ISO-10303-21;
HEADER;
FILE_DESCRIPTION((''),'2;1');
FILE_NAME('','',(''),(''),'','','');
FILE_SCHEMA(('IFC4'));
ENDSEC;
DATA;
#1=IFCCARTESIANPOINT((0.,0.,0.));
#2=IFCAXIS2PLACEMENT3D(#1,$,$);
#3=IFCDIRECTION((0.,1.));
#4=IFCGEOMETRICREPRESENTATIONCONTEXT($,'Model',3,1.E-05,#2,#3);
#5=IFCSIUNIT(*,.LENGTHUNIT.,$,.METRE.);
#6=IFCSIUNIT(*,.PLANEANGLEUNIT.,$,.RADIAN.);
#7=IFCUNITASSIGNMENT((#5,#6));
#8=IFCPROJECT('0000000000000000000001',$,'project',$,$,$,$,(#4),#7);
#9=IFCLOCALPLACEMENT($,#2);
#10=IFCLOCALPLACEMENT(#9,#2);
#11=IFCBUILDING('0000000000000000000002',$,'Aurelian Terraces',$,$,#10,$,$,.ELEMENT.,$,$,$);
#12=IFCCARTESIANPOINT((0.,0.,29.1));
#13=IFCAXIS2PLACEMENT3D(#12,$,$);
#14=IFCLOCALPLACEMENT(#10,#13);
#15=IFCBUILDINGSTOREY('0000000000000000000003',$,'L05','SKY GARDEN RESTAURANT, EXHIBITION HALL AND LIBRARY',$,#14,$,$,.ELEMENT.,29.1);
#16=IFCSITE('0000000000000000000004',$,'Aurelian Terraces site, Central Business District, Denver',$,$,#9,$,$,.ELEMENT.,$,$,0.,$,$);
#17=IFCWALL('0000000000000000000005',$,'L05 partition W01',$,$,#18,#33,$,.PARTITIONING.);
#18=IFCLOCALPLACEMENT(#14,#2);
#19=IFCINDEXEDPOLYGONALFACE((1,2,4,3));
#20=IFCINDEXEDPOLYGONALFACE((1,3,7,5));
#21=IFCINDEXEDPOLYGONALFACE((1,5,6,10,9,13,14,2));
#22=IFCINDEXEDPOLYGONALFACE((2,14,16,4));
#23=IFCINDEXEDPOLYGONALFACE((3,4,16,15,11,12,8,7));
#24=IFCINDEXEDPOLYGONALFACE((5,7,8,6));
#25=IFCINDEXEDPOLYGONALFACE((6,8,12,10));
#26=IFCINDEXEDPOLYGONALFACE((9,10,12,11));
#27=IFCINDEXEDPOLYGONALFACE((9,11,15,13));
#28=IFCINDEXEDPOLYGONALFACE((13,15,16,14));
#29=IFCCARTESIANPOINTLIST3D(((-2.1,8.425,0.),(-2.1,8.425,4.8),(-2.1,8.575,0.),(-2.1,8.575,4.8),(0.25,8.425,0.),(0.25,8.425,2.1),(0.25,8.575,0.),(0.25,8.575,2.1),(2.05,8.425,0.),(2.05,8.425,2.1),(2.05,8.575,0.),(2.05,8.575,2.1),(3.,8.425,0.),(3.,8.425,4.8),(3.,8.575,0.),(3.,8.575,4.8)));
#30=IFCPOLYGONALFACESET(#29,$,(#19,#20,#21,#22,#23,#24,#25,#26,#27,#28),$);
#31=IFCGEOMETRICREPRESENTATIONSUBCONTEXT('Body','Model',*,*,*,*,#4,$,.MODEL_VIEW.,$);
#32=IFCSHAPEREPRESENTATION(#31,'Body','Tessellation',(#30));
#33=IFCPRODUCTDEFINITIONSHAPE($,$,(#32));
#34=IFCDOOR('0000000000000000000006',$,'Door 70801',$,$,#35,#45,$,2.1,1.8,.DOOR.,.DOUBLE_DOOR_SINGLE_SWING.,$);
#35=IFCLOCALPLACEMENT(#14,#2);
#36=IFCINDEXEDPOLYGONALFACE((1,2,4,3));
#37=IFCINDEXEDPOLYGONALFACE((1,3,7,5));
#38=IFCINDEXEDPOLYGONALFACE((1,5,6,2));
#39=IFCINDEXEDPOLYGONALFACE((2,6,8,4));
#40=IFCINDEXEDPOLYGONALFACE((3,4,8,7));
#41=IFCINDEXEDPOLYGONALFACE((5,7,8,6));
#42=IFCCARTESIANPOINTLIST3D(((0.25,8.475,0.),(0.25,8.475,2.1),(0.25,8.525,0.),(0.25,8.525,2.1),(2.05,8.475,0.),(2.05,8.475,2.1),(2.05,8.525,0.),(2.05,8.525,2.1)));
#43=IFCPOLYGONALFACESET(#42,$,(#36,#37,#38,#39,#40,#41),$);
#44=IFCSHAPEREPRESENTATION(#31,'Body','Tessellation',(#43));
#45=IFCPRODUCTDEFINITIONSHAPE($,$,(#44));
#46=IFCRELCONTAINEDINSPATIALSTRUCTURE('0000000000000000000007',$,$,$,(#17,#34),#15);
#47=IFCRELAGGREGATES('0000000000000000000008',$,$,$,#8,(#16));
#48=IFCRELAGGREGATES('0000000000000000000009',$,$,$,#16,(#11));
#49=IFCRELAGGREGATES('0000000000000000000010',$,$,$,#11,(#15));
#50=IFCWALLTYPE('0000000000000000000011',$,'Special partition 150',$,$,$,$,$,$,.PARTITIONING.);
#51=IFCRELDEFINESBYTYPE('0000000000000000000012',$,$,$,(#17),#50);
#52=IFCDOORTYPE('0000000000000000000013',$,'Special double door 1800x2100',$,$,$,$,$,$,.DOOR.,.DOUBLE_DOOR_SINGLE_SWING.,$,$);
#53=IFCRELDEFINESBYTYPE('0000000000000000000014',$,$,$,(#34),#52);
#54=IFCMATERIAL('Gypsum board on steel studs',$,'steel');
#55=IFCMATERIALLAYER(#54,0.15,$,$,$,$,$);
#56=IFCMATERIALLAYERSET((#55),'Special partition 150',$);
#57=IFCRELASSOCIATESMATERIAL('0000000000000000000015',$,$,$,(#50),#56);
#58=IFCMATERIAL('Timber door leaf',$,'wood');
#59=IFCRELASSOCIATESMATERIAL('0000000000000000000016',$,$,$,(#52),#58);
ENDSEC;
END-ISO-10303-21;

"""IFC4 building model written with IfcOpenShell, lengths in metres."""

from ifc_helpers import new_model, si_unit, direction, frame, frame_2d, origin, place, context, subcontext, project, spatial, rectangle, extrude, source, transform, mapped, material, layer, layer_set, type_object, element, fill, save


model = new_model("IFC4")

# Units and contexts
model_context = context("Model", 3, precision=1e-05, world=origin(), true_north=direction((0.0, 1.0)))
body_context = subcontext(model_context, "Body", "Model", "MODEL_VIEW")
ifc_project = project(units=[si_unit("LENGTHUNIT", "METRE"), si_unit("PLANEANGLEUNIT", "RADIAN")], contexts=[model_context])

# Site, building, storey
site_placement = place(None, origin())
site = spatial("IfcSite", under=ifc_project, at=site_placement, Name="Aurelian Terraces site, Central Business District, Denver", CompositionType="ELEMENT", RefElevation=0.0)
building_placement = place(site_placement, origin())
building = spatial("IfcBuilding", under=site, at=building_placement, Name="Aurelian Terraces", CompositionType="ELEMENT")
storey_placement = place(building_placement, frame((0.0, 0.0, 29.1)))
storey = spatial("IfcBuildingStorey", under=building, at=storey_placement, Name="L05", Description="SKY GARDEN RESTAURANT, EXHIBITION HALL AND LIBRARY", CompositionType="ELEMENT", Elevation=29.1)

# Wall, opening, door
ifc_material_1 = material(Name="Gypsum board on steel studs", Category="steel")
ifc_layer_1 = layer(ifc_material_1, 0.15)
ifc_layer_set_1 = layer_set([ifc_layer_1], Name="Special partition 150")
wall_type_1 = type_object("IfcWallType", Name="Special partition 150", PredefinedType="PARTITIONING", material=ifc_layer_set_1)
shared_shape_1 = source(origin(), body_context, "Body", "SweptSolid", [
    extrude(rectangle(XDim=5.1, YDim=0.15, at=frame_2d((2.55, 0.0))), origin(), (0.0, 0.0, 1.0), 4.8),
])
wall_1_placement = place(storey_placement, frame((-2.1, 8.5, 0.0), z_axis=(0.0, 0.0, 1.0), x_axis=(1.0, 0.0, 0.0)))
wall_1 = element("IfcWall", 1, at=wall_1_placement, inside=storey, type_object=wall_type_1, Name="L05 partition W01", PredefinedType="PARTITIONING", context=body_context, shape_type="MappedRepresentation", body=[
    mapped(shared_shape_1, transform((0.0, 0.0, 0.0), scale=1.0)),
])
shared_shape_2 = source(origin(), body_context, "Body", "SweptSolid", [
    extrude(rectangle(XDim=1.8, YDim=2.1, at=frame_2d((0.9, 1.05))), frame((0.0, 0.085, 0.0), z_axis=(0.0, -1.0, 0.0), x_axis=(1.0, 0.0, 0.0)), (0.0, 0.0, 1.0), 0.17),
])
opening_1_placement = place(wall_1_placement, frame((2.35, 0.0, 0.0)))
opening_1 = element("IfcOpeningElement", 2, at=opening_1_placement, cuts=wall_1, PredefinedType="OPENING", context=body_context, shape_type="MappedRepresentation", body=[
    mapped(shared_shape_2, transform((0.0, 0.0, 0.0), scale=1.0)),
])
ifc_material_2 = material(Name="Timber door leaf", Category="wood")
door_type_1 = type_object("IfcDoorType", Name="Special double door 1800x2100", OperationType="DOUBLE_DOOR_SINGLE_SWING", PredefinedType="DOOR", material=ifc_material_2)
shared_shape_3 = source(origin(), body_context, "Body", "SweptSolid", [
    extrude(rectangle(XDim=1.8, YDim=2.1, at=frame_2d((0.9, 1.05))), frame((0.0, 0.025, 0.0), z_axis=(0.0, -1.0, 0.0), x_axis=(1.0, 0.0, 0.0)), (0.0, 0.0, 1.0), 0.05),
])
door_1_placement = place(opening_1_placement, origin())
door_1 = element("IfcDoor", 3, at=door_1_placement, inside=storey, type_object=door_type_1, Name="Door 70801", OperationType="DOUBLE_DOOR_SINGLE_SWING", OverallHeight=2.1, OverallWidth=1.8, PredefinedType="DOOR", context=body_context, shape_type="MappedRepresentation", body=[
    mapped(shared_shape_3, transform((0.0, 0.0, 0.0), scale=1.0)),
])
fill(opening_1, door_1)

save(model, "model.ifc")
